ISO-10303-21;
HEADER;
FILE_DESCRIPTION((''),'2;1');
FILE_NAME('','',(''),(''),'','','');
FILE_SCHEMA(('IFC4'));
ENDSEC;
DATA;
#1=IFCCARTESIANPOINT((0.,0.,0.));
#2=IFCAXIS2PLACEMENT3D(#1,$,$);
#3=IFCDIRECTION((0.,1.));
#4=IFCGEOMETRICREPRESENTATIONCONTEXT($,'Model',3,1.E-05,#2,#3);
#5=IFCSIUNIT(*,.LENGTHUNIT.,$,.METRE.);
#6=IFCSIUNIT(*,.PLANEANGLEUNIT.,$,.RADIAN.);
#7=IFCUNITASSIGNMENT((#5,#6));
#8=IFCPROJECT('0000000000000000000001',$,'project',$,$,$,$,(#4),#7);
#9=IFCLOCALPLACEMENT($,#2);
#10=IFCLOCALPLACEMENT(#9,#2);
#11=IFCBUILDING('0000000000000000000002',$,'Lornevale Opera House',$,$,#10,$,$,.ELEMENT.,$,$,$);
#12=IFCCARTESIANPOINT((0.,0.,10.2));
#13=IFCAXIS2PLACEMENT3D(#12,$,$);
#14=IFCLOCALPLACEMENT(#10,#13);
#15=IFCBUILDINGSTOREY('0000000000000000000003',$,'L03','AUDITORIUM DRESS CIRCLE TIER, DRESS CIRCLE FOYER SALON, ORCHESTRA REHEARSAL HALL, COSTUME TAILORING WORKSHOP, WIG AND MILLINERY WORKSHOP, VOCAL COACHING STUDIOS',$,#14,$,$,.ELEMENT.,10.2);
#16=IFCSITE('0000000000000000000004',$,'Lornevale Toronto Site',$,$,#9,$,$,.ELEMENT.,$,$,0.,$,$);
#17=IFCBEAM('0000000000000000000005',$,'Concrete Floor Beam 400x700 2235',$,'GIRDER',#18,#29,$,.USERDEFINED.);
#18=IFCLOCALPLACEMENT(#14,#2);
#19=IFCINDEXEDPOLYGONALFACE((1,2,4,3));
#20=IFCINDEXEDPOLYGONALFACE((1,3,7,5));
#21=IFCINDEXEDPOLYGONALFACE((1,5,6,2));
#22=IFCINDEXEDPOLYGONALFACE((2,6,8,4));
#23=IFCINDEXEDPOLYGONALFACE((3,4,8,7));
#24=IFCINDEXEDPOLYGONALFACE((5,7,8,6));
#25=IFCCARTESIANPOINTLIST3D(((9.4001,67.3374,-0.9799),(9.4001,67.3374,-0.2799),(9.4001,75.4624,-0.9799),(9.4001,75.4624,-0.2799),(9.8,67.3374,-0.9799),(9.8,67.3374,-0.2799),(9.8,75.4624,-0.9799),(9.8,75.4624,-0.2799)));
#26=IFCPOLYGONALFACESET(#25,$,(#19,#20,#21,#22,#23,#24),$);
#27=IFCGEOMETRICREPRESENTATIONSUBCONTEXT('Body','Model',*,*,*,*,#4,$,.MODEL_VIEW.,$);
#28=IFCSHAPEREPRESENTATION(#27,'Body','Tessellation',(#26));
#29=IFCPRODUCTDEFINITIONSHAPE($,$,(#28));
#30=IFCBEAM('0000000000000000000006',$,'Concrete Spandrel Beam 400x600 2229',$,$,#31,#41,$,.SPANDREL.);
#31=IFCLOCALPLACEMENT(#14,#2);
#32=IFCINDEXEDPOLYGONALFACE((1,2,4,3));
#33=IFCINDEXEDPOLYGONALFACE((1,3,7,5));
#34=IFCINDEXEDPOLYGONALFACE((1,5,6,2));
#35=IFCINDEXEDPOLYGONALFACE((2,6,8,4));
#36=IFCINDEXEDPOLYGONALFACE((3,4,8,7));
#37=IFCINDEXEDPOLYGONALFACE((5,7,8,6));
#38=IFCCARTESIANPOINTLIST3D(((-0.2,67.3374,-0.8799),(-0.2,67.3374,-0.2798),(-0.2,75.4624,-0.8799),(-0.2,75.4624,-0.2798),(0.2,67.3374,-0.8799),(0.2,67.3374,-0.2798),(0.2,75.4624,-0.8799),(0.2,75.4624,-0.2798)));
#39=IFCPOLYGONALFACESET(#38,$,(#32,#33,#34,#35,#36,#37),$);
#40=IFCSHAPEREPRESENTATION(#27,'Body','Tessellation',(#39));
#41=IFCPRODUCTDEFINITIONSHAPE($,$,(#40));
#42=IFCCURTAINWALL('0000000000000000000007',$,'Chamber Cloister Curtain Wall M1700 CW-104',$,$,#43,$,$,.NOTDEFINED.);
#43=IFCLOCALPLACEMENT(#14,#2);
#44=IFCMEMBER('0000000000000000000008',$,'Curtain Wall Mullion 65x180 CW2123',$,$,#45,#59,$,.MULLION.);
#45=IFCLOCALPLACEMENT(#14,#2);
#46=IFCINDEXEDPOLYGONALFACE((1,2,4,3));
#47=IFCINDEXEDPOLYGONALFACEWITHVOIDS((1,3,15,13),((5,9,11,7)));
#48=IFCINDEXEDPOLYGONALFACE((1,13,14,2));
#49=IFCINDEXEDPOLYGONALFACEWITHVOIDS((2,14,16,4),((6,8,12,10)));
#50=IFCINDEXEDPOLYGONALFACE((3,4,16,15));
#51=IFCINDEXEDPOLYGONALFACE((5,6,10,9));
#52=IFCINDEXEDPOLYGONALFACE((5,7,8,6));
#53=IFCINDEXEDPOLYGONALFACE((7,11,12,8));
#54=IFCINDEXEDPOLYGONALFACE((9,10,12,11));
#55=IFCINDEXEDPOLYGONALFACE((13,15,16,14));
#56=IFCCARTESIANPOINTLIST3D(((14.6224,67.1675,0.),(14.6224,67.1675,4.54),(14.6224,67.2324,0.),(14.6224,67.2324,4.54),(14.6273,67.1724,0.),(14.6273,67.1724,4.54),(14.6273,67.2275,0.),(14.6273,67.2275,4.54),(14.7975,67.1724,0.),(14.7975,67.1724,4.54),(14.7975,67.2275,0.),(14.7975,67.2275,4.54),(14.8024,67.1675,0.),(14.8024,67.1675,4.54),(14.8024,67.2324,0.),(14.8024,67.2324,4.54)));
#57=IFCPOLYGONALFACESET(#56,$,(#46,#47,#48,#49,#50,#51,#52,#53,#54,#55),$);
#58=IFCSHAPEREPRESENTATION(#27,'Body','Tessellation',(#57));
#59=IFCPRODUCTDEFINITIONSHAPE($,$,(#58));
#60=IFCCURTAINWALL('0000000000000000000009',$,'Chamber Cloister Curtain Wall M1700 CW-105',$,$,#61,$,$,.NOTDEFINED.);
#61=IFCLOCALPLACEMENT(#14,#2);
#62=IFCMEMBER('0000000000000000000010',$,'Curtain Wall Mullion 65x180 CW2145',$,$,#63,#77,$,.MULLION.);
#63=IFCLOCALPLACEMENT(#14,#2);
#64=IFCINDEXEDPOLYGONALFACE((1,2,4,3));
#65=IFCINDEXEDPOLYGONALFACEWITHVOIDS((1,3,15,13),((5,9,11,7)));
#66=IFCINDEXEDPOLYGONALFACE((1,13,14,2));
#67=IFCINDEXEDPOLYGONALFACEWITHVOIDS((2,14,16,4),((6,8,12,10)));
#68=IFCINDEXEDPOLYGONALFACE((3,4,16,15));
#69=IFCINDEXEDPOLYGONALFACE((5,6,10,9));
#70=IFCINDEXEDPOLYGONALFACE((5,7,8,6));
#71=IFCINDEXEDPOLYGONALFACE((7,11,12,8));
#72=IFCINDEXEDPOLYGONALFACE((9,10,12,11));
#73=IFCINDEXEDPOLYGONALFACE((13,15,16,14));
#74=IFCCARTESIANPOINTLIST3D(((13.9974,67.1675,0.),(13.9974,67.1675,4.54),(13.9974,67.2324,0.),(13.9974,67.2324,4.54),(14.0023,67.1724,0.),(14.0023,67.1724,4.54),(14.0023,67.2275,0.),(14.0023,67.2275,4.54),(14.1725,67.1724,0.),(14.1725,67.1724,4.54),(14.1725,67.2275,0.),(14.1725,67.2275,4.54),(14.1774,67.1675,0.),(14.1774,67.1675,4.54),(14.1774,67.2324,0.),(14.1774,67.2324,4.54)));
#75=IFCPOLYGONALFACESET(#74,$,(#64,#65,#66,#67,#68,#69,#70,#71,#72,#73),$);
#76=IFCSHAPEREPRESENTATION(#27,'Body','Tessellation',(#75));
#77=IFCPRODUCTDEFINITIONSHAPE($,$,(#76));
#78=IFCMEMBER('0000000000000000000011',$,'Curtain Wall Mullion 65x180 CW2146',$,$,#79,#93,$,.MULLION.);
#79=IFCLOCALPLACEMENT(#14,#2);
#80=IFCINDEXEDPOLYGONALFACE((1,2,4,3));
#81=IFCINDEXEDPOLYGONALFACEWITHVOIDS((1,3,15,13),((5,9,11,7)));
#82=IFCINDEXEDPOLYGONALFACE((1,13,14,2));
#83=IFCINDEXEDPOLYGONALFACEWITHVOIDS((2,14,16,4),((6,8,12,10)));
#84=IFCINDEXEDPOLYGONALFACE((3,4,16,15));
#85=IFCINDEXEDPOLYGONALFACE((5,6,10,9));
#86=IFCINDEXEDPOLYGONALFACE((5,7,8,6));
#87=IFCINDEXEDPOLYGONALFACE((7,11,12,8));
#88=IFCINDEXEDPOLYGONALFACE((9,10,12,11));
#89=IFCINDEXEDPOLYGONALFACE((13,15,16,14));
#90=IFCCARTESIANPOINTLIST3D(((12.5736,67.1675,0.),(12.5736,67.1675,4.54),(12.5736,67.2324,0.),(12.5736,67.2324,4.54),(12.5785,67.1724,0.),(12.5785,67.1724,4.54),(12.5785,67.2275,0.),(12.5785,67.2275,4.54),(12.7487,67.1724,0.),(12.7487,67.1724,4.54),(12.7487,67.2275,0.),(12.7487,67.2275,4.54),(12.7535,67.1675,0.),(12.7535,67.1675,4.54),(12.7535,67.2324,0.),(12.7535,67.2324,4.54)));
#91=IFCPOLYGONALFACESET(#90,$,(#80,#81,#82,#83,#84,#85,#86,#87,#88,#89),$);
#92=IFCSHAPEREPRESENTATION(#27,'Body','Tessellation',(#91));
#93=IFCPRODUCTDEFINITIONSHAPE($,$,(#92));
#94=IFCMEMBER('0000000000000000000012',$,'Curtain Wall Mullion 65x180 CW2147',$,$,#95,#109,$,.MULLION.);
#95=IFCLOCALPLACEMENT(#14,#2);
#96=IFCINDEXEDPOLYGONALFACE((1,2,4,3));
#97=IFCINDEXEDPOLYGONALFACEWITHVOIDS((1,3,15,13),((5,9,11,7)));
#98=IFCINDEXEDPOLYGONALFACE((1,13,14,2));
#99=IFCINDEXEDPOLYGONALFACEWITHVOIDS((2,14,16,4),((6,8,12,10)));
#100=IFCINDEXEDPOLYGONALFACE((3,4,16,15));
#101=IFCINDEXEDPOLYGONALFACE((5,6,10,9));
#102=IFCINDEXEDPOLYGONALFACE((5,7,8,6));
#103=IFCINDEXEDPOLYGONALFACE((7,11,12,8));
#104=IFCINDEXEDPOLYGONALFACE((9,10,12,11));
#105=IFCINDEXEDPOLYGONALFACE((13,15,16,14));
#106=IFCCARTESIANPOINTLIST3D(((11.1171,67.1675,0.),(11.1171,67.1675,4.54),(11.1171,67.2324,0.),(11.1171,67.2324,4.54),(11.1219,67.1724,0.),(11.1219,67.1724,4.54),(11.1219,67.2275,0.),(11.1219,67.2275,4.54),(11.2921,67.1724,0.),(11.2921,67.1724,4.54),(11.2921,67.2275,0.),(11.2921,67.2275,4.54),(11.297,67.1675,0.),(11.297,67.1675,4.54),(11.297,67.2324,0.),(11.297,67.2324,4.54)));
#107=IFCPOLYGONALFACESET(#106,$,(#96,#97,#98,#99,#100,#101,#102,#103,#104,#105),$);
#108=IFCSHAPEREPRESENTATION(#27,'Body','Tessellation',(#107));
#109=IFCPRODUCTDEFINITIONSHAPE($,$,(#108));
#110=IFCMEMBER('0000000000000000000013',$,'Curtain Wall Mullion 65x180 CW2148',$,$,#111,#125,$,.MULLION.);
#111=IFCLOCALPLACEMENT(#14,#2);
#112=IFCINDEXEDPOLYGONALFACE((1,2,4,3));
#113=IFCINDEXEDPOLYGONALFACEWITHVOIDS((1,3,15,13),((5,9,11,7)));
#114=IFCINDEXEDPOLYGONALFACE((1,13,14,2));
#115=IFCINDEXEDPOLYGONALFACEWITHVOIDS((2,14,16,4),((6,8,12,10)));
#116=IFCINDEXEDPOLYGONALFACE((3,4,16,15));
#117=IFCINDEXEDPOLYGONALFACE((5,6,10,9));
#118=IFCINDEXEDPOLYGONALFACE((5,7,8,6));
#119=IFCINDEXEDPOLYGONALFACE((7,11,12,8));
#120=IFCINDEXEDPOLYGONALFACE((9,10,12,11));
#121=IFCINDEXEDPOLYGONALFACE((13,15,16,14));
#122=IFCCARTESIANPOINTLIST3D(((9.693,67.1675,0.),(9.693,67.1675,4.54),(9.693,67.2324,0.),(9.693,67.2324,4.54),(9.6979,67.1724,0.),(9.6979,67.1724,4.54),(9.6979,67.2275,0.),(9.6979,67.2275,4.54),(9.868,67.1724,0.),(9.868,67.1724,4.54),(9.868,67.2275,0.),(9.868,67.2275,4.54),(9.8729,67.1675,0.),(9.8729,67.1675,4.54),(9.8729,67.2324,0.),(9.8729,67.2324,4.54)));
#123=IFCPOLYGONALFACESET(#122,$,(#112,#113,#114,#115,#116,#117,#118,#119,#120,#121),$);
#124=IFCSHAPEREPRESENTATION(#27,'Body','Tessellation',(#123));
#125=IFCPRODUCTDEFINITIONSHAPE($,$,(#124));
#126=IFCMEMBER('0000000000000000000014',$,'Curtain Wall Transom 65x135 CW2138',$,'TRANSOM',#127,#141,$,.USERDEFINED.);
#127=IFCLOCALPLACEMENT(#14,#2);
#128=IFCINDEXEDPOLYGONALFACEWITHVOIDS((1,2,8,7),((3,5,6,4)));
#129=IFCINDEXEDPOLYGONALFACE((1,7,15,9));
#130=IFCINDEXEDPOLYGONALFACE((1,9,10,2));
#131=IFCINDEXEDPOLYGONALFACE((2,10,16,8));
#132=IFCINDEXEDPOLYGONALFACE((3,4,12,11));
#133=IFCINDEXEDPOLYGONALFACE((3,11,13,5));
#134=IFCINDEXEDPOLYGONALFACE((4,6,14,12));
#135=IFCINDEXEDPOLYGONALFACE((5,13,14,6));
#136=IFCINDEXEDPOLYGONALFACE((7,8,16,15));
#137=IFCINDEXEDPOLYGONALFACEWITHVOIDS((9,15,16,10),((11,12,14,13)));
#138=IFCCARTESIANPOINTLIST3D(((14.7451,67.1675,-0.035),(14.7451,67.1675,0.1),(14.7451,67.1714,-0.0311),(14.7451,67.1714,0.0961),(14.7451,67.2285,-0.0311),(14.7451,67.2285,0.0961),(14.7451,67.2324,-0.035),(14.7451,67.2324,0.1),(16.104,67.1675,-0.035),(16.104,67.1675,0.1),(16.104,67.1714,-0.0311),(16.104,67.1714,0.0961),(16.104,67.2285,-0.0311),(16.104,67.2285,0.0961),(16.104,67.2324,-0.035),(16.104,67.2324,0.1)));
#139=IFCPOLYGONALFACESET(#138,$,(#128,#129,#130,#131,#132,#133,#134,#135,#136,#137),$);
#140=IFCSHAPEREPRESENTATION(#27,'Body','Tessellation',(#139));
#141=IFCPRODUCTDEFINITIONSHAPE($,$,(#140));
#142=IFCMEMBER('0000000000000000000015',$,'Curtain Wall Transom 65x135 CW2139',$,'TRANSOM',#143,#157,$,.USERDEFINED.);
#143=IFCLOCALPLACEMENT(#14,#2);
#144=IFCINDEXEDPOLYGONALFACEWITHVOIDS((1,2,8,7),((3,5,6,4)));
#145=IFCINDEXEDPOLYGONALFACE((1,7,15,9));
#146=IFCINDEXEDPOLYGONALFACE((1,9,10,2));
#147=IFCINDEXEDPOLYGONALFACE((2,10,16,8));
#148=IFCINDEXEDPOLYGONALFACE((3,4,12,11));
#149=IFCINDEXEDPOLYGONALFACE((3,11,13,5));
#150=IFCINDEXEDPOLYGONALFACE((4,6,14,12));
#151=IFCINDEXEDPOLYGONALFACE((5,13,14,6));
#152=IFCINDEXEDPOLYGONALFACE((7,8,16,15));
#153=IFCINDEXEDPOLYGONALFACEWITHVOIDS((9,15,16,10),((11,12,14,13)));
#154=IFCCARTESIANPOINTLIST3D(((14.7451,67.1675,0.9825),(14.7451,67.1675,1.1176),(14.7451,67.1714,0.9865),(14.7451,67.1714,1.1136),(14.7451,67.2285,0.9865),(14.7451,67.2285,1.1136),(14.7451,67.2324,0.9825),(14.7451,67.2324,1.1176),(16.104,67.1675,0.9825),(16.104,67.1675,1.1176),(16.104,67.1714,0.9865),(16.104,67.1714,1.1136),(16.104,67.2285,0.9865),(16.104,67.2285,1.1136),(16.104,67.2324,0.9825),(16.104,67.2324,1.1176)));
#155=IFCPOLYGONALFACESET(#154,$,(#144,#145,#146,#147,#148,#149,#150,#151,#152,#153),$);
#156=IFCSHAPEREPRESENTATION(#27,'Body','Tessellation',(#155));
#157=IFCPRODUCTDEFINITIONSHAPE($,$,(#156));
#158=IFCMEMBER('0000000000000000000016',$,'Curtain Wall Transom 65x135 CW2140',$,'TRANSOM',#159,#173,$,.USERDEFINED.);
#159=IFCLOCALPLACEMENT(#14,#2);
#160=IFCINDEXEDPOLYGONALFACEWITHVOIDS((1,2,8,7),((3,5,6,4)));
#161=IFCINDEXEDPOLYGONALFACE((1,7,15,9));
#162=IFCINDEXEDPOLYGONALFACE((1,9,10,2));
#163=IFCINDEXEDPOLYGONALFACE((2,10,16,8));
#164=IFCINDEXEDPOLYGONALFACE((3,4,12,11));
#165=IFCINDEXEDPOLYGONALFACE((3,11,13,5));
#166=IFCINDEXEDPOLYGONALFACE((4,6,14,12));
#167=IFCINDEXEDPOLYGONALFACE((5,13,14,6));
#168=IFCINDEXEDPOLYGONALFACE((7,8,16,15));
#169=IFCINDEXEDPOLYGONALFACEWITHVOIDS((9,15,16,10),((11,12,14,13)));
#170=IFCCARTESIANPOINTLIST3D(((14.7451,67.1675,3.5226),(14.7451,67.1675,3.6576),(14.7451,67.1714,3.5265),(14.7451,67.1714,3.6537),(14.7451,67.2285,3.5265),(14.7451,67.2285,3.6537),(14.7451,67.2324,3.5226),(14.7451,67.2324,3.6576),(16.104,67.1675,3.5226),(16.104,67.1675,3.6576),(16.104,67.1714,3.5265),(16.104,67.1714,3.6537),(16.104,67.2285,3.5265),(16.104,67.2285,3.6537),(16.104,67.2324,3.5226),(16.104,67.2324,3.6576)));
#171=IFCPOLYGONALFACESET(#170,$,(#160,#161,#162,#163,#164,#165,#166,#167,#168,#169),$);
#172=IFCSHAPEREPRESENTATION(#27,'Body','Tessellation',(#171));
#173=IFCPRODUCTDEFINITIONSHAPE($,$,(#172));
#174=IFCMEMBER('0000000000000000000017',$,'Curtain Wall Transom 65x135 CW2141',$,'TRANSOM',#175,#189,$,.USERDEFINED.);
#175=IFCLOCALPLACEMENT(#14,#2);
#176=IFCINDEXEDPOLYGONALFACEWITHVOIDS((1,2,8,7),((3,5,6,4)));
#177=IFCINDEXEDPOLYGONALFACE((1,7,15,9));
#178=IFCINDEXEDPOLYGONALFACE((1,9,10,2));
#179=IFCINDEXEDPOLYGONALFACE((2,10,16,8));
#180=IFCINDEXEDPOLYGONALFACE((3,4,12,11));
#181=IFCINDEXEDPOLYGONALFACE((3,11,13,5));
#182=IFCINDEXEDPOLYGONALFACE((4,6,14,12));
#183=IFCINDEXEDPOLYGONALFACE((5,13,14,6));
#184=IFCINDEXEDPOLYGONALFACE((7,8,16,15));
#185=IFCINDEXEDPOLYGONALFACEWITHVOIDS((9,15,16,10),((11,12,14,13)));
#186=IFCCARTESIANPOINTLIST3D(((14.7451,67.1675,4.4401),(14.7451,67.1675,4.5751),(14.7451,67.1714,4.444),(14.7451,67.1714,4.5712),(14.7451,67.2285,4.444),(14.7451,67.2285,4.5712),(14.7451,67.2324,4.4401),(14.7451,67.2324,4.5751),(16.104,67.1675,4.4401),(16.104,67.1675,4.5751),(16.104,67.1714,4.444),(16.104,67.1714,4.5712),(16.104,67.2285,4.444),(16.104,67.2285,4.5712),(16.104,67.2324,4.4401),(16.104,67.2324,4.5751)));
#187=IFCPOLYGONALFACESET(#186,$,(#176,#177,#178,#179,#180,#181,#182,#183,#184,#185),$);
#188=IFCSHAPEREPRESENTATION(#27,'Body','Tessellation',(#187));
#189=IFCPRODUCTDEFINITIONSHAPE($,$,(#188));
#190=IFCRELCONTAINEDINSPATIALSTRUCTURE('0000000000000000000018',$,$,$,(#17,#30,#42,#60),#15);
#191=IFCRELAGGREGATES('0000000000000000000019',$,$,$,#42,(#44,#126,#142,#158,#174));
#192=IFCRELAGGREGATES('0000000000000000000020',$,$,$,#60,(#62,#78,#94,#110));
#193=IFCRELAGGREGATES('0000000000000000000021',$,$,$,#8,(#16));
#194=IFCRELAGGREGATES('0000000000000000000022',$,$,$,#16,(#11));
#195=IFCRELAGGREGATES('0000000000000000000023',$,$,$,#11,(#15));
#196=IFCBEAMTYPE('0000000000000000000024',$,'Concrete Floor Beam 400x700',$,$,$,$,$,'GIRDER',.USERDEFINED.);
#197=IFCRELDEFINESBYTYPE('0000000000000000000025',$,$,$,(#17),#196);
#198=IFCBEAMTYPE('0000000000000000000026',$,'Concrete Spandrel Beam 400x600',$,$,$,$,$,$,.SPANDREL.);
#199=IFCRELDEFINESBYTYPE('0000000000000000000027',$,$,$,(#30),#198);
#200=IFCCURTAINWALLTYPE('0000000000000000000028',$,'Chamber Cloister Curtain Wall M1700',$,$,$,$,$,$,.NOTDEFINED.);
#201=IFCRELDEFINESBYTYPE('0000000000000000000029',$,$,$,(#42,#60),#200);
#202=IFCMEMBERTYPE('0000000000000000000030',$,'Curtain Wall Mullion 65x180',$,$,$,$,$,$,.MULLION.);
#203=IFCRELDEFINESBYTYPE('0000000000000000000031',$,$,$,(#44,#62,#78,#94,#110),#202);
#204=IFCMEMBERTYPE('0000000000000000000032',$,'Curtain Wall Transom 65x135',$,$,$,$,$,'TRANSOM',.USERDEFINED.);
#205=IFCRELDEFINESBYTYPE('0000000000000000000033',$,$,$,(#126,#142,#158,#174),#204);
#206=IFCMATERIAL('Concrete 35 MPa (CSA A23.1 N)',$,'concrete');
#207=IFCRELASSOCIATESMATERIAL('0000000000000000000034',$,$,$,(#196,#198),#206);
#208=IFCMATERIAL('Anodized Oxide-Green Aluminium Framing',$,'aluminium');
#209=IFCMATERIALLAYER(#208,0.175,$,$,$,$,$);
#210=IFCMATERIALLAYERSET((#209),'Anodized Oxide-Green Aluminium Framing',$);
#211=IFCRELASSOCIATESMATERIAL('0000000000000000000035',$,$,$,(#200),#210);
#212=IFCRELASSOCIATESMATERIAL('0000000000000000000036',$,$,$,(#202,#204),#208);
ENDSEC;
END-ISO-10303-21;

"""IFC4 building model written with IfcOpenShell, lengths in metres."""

from ifc_helpers import new_model, si_unit, direction, frame, origin, origin_2d, place, context, subcontext, project, spatial, rectangle, hollow_rectangle, extrude, material, layer, layer_set, material_profile, profile_set, type_object, element, aggregate, save


model = new_model("IFC4")

# Units and contexts
model_context = context("Model", 3, precision=1e-05, world=origin(), true_north=direction((0.0, 1.0)))
body_context = subcontext(model_context, "Body", "Model", "MODEL_VIEW")
ifc_project = project(units=[si_unit("LENGTHUNIT", "METRE"), si_unit("PLANEANGLEUNIT", "RADIAN")], contexts=[model_context])

# Site, building, storey
site_placement = place(None, origin())
site = spatial("IfcSite", under=ifc_project, at=site_placement, Name="Lornevale Toronto Site", CompositionType="ELEMENT", RefElevation=0.0)
building_placement = place(site_placement, origin())
building = spatial("IfcBuilding", under=site, at=building_placement, Name="Lornevale Opera House", CompositionType="ELEMENT")
storey_placement = place(building_placement, frame((0.0, 0.0, 10.2)))
storey = spatial("IfcBuildingStorey", under=building, at=storey_placement, Name="L03", Description="AUDITORIUM DRESS CIRCLE TIER, DRESS CIRCLE FOYER SALON, ORCHESTRA REHEARSAL HALL, COSTUME TAILORING WORKSHOP, WIG AND MILLINERY WORKSHOP, VOCAL COACHING STUDIOS", CompositionType="ELEMENT", Elevation=10.2)

# Beams
ifc_material_1 = material(Name="Concrete 35 MPa (CSA A23.1 N)", Category="concrete")
ifc_material_profile_1 = material_profile(ifc_material_1, rectangle(XDim=0.3999, YDim=0.7, at=origin_2d()), Name="RC400x700")
ifc_profile_set_1 = profile_set([ifc_material_profile_1], Name="Concrete 35 MPa (CSA A23.1 N)")
beam_type_1 = type_object("IfcBeamType", Name="Concrete Floor Beam 400x700", ElementType="GIRDER", PredefinedType="USERDEFINED", material=ifc_profile_set_1)
beam_1_placement = place(storey_placement, frame((9.6001, 67.3374, -0.6299), z_axis=(0.0, 1.0, 0.0), x_axis=(-1.0, 0.0, 0.0)))
element("IfcBeam", 1, at=beam_1_placement, inside=storey, type_object=beam_type_1, Name="Concrete Floor Beam 400x700 2235", ObjectType="GIRDER", PredefinedType="USERDEFINED", context=body_context, shape_type="SweptSolid", body=[
    extrude(rectangle(XDim=0.3999, YDim=0.7, at=origin_2d()), origin(), (0.0, 0.0, 1.0), 8.125),
])
ifc_material_profile_2 = material_profile(ifc_material_1, rectangle(XDim=0.3999, YDim=0.6001, at=origin_2d()), Name="RC400x600")
ifc_profile_set_2 = profile_set([ifc_material_profile_2], Name="Concrete 35 MPa (CSA A23.1 N)")
beam_type_2 = type_object("IfcBeamType", Name="Concrete Spandrel Beam 400x600", PredefinedType="SPANDREL", material=ifc_profile_set_2)
beam_2_placement = place(storey_placement, frame((0.0, 67.3374, -0.5798), z_axis=(0.0, 1.0, 0.0), x_axis=(-1.0, 0.0, 0.0)))
element("IfcBeam", 2, at=beam_2_placement, inside=storey, type_object=beam_type_2, Name="Concrete Spandrel Beam 400x600 2229", PredefinedType="SPANDREL", context=body_context, shape_type="SweptSolid", body=[
    extrude(rectangle(XDim=0.3999, YDim=0.6001, at=origin_2d()), origin(), (0.0, 0.0, 1.0), 8.125),
])

# Curtain wall, member
ifc_material_2 = material(Name="Anodized Oxide-Green Aluminium Framing", Category="aluminium")
ifc_layer_1 = layer(ifc_material_2, 0.175)
ifc_layer_set_1 = layer_set([ifc_layer_1], Name="Anodized Oxide-Green Aluminium Framing")
curtain_wall_type = type_object("IfcCurtainWallType", Name="Chamber Cloister Curtain Wall M1700", PredefinedType="NOTDEFINED", material=ifc_layer_set_1)
curtain_wall_1_placement = place(storey_placement, origin())
curtain_wall_1 = element("IfcCurtainWall", 3, at=curtain_wall_1_placement, inside=storey, type_object=curtain_wall_type, Name="Chamber Cloister Curtain Wall M1700 CW-104", PredefinedType="NOTDEFINED")
ifc_material_profile_3 = material_profile(ifc_material_2, hollow_rectangle(XDim=0.0649, YDim=0.1799, WallThickness=0.0049, at=origin_2d()), Name="ALU65x180x5")
ifc_profile_set_3 = profile_set([ifc_material_profile_3], Name="Anodized Oxide-Green Aluminium Framing")
member_type_1 = type_object("IfcMemberType", Name="Curtain Wall Mullion 65x180", PredefinedType="MULLION", material=ifc_profile_set_3)
member_1_placement = place(storey_placement, frame((14.7124, 67.2, 0.0), z_axis=(0.0, 0.0, 1.0), x_axis=(0.0, -1.0, 0.0)))
member_1 = element("IfcMember", 4, at=member_1_placement, type_object=member_type_1, Name="Curtain Wall Mullion 65x180 CW2123", PredefinedType="MULLION", context=body_context, shape_type="SweptSolid", body=[
    extrude(hollow_rectangle(XDim=0.0649, YDim=0.1799, WallThickness=0.0049, at=origin_2d()), origin(), (0.0, 0.0, 1.0), 4.54),
])

# Curtain wall, members
curtain_wall_2_placement = place(storey_placement, origin())
curtain_wall_2 = element("IfcCurtainWall", 5, at=curtain_wall_2_placement, inside=storey, type_object=curtain_wall_type, Name="Chamber Cloister Curtain Wall M1700 CW-105", PredefinedType="NOTDEFINED")
member_2_placement = place(storey_placement, frame((14.0874, 67.2, 0.0), z_axis=(0.0, 0.0, 1.0), x_axis=(0.0, -1.0, 0.0)))
member_2 = element("IfcMember", 6, at=member_2_placement, type_object=member_type_1, Name="Curtain Wall Mullion 65x180 CW2145", PredefinedType="MULLION", context=body_context, shape_type="SweptSolid", body=[
    extrude(hollow_rectangle(XDim=0.0649, YDim=0.1799, WallThickness=0.0049, at=origin_2d()), origin(), (0.0, 0.0, 1.0), 4.54),
])
member_3_placement = place(storey_placement, frame((12.6636, 67.2, 0.0), z_axis=(0.0, 0.0, 1.0), x_axis=(0.0, -1.0, 0.0)))
member_3 = element("IfcMember", 7, at=member_3_placement, type_object=member_type_1, Name="Curtain Wall Mullion 65x180 CW2146", PredefinedType="MULLION", context=body_context, shape_type="SweptSolid", body=[
    extrude(hollow_rectangle(XDim=0.0649, YDim=0.1799, WallThickness=0.0049, at=origin_2d()), origin(), (0.0, 0.0, 1.0), 4.54),
])
member_4_placement = place(storey_placement, frame((11.207, 67.2, 0.0), z_axis=(0.0, 0.0, 1.0), x_axis=(0.0, -1.0, 0.0)))
member_4 = element("IfcMember", 8, at=member_4_placement, type_object=member_type_1, Name="Curtain Wall Mullion 65x180 CW2147", PredefinedType="MULLION", context=body_context, shape_type="SweptSolid", body=[
    extrude(hollow_rectangle(XDim=0.0649, YDim=0.1799, WallThickness=0.0049, at=origin_2d()), origin(), (0.0, 0.0, 1.0), 4.54),
])
member_5_placement = place(storey_placement, frame((9.783, 67.2, 0.0), z_axis=(0.0, 0.0, 1.0), x_axis=(0.0, -1.0, 0.0)))
member_5 = element("IfcMember", 9, at=member_5_placement, type_object=member_type_1, Name="Curtain Wall Mullion 65x180 CW2148", PredefinedType="MULLION", context=body_context, shape_type="SweptSolid", body=[
    extrude(hollow_rectangle(XDim=0.0649, YDim=0.1799, WallThickness=0.0049, at=origin_2d()), origin(), (0.0, 0.0, 1.0), 4.54),
])

# Members
ifc_material_profile_4 = material_profile(ifc_material_2, hollow_rectangle(XDim=0.0649, YDim=0.135, WallThickness=0.0039, at=origin_2d()), Name="ALU65x135x4")
ifc_profile_set_4 = profile_set([ifc_material_profile_4], Name="Anodized Oxide-Green Aluminium Framing")
member_type_2 = type_object("IfcMemberType", Name="Curtain Wall Transom 65x135", ElementType="TRANSOM", PredefinedType="USERDEFINED", material=ifc_profile_set_4)
member_6_placement = place(storey_placement, frame((16.104, 67.2, 0.0325), z_axis=(-1.0, 0.0, 0.0), x_axis=(0.0, -1.0, 0.0)))
member_6 = element("IfcMember", 10, at=member_6_placement, type_object=member_type_2, Name="Curtain Wall Transom 65x135 CW2138", ObjectType="TRANSOM", PredefinedType="USERDEFINED", context=body_context, shape_type="SweptSolid", body=[
    extrude(hollow_rectangle(XDim=0.0649, YDim=0.135, WallThickness=0.0039, at=origin_2d()), origin(), (0.0, 0.0, 1.0), 1.3589),
])
member_7_placement = place(storey_placement, frame((16.104, 67.2, 1.05), z_axis=(-1.0, 0.0, 0.0), x_axis=(0.0, -1.0, 0.0)))
member_7 = element("IfcMember", 11, at=member_7_placement, type_object=member_type_2, Name="Curtain Wall Transom 65x135 CW2139", ObjectType="TRANSOM", PredefinedType="USERDEFINED", context=body_context, shape_type="SweptSolid", body=[
    extrude(hollow_rectangle(XDim=0.0649, YDim=0.135, WallThickness=0.0039, at=origin_2d()), origin(), (0.0, 0.0, 1.0), 1.3589),
])
member_8_placement = place(storey_placement, frame((16.104, 67.2, 3.5901), z_axis=(-1.0, 0.0, 0.0), x_axis=(0.0, -1.0, 0.0)))
member_8 = element("IfcMember", 12, at=member_8_placement, type_object=member_type_2, Name="Curtain Wall Transom 65x135 CW2140", ObjectType="TRANSOM", PredefinedType="USERDEFINED", context=body_context, shape_type="SweptSolid", body=[
    extrude(hollow_rectangle(XDim=0.0649, YDim=0.135, WallThickness=0.0039, at=origin_2d()), origin(), (0.0, 0.0, 1.0), 1.3589),
])
member_9_placement = place(storey_placement, frame((16.104, 67.2, 4.5076), z_axis=(-1.0, 0.0, 0.0), x_axis=(0.0, -1.0, 0.0)))
member_9 = element("IfcMember", 13, at=member_9_placement, type_object=member_type_2, Name="Curtain Wall Transom 65x135 CW2141", ObjectType="TRANSOM", PredefinedType="USERDEFINED", context=body_context, shape_type="SweptSolid", body=[
    extrude(hollow_rectangle(XDim=0.0649, YDim=0.135, WallThickness=0.0039, at=origin_2d()), origin(), (0.0, 0.0, 1.0), 1.3589),
])

aggregate(curtain_wall_1, [member_1, member_6, member_7, member_8, member_9])
aggregate(curtain_wall_2, [member_2, member_3, member_4, member_5])

save(model, "model.ifc")
